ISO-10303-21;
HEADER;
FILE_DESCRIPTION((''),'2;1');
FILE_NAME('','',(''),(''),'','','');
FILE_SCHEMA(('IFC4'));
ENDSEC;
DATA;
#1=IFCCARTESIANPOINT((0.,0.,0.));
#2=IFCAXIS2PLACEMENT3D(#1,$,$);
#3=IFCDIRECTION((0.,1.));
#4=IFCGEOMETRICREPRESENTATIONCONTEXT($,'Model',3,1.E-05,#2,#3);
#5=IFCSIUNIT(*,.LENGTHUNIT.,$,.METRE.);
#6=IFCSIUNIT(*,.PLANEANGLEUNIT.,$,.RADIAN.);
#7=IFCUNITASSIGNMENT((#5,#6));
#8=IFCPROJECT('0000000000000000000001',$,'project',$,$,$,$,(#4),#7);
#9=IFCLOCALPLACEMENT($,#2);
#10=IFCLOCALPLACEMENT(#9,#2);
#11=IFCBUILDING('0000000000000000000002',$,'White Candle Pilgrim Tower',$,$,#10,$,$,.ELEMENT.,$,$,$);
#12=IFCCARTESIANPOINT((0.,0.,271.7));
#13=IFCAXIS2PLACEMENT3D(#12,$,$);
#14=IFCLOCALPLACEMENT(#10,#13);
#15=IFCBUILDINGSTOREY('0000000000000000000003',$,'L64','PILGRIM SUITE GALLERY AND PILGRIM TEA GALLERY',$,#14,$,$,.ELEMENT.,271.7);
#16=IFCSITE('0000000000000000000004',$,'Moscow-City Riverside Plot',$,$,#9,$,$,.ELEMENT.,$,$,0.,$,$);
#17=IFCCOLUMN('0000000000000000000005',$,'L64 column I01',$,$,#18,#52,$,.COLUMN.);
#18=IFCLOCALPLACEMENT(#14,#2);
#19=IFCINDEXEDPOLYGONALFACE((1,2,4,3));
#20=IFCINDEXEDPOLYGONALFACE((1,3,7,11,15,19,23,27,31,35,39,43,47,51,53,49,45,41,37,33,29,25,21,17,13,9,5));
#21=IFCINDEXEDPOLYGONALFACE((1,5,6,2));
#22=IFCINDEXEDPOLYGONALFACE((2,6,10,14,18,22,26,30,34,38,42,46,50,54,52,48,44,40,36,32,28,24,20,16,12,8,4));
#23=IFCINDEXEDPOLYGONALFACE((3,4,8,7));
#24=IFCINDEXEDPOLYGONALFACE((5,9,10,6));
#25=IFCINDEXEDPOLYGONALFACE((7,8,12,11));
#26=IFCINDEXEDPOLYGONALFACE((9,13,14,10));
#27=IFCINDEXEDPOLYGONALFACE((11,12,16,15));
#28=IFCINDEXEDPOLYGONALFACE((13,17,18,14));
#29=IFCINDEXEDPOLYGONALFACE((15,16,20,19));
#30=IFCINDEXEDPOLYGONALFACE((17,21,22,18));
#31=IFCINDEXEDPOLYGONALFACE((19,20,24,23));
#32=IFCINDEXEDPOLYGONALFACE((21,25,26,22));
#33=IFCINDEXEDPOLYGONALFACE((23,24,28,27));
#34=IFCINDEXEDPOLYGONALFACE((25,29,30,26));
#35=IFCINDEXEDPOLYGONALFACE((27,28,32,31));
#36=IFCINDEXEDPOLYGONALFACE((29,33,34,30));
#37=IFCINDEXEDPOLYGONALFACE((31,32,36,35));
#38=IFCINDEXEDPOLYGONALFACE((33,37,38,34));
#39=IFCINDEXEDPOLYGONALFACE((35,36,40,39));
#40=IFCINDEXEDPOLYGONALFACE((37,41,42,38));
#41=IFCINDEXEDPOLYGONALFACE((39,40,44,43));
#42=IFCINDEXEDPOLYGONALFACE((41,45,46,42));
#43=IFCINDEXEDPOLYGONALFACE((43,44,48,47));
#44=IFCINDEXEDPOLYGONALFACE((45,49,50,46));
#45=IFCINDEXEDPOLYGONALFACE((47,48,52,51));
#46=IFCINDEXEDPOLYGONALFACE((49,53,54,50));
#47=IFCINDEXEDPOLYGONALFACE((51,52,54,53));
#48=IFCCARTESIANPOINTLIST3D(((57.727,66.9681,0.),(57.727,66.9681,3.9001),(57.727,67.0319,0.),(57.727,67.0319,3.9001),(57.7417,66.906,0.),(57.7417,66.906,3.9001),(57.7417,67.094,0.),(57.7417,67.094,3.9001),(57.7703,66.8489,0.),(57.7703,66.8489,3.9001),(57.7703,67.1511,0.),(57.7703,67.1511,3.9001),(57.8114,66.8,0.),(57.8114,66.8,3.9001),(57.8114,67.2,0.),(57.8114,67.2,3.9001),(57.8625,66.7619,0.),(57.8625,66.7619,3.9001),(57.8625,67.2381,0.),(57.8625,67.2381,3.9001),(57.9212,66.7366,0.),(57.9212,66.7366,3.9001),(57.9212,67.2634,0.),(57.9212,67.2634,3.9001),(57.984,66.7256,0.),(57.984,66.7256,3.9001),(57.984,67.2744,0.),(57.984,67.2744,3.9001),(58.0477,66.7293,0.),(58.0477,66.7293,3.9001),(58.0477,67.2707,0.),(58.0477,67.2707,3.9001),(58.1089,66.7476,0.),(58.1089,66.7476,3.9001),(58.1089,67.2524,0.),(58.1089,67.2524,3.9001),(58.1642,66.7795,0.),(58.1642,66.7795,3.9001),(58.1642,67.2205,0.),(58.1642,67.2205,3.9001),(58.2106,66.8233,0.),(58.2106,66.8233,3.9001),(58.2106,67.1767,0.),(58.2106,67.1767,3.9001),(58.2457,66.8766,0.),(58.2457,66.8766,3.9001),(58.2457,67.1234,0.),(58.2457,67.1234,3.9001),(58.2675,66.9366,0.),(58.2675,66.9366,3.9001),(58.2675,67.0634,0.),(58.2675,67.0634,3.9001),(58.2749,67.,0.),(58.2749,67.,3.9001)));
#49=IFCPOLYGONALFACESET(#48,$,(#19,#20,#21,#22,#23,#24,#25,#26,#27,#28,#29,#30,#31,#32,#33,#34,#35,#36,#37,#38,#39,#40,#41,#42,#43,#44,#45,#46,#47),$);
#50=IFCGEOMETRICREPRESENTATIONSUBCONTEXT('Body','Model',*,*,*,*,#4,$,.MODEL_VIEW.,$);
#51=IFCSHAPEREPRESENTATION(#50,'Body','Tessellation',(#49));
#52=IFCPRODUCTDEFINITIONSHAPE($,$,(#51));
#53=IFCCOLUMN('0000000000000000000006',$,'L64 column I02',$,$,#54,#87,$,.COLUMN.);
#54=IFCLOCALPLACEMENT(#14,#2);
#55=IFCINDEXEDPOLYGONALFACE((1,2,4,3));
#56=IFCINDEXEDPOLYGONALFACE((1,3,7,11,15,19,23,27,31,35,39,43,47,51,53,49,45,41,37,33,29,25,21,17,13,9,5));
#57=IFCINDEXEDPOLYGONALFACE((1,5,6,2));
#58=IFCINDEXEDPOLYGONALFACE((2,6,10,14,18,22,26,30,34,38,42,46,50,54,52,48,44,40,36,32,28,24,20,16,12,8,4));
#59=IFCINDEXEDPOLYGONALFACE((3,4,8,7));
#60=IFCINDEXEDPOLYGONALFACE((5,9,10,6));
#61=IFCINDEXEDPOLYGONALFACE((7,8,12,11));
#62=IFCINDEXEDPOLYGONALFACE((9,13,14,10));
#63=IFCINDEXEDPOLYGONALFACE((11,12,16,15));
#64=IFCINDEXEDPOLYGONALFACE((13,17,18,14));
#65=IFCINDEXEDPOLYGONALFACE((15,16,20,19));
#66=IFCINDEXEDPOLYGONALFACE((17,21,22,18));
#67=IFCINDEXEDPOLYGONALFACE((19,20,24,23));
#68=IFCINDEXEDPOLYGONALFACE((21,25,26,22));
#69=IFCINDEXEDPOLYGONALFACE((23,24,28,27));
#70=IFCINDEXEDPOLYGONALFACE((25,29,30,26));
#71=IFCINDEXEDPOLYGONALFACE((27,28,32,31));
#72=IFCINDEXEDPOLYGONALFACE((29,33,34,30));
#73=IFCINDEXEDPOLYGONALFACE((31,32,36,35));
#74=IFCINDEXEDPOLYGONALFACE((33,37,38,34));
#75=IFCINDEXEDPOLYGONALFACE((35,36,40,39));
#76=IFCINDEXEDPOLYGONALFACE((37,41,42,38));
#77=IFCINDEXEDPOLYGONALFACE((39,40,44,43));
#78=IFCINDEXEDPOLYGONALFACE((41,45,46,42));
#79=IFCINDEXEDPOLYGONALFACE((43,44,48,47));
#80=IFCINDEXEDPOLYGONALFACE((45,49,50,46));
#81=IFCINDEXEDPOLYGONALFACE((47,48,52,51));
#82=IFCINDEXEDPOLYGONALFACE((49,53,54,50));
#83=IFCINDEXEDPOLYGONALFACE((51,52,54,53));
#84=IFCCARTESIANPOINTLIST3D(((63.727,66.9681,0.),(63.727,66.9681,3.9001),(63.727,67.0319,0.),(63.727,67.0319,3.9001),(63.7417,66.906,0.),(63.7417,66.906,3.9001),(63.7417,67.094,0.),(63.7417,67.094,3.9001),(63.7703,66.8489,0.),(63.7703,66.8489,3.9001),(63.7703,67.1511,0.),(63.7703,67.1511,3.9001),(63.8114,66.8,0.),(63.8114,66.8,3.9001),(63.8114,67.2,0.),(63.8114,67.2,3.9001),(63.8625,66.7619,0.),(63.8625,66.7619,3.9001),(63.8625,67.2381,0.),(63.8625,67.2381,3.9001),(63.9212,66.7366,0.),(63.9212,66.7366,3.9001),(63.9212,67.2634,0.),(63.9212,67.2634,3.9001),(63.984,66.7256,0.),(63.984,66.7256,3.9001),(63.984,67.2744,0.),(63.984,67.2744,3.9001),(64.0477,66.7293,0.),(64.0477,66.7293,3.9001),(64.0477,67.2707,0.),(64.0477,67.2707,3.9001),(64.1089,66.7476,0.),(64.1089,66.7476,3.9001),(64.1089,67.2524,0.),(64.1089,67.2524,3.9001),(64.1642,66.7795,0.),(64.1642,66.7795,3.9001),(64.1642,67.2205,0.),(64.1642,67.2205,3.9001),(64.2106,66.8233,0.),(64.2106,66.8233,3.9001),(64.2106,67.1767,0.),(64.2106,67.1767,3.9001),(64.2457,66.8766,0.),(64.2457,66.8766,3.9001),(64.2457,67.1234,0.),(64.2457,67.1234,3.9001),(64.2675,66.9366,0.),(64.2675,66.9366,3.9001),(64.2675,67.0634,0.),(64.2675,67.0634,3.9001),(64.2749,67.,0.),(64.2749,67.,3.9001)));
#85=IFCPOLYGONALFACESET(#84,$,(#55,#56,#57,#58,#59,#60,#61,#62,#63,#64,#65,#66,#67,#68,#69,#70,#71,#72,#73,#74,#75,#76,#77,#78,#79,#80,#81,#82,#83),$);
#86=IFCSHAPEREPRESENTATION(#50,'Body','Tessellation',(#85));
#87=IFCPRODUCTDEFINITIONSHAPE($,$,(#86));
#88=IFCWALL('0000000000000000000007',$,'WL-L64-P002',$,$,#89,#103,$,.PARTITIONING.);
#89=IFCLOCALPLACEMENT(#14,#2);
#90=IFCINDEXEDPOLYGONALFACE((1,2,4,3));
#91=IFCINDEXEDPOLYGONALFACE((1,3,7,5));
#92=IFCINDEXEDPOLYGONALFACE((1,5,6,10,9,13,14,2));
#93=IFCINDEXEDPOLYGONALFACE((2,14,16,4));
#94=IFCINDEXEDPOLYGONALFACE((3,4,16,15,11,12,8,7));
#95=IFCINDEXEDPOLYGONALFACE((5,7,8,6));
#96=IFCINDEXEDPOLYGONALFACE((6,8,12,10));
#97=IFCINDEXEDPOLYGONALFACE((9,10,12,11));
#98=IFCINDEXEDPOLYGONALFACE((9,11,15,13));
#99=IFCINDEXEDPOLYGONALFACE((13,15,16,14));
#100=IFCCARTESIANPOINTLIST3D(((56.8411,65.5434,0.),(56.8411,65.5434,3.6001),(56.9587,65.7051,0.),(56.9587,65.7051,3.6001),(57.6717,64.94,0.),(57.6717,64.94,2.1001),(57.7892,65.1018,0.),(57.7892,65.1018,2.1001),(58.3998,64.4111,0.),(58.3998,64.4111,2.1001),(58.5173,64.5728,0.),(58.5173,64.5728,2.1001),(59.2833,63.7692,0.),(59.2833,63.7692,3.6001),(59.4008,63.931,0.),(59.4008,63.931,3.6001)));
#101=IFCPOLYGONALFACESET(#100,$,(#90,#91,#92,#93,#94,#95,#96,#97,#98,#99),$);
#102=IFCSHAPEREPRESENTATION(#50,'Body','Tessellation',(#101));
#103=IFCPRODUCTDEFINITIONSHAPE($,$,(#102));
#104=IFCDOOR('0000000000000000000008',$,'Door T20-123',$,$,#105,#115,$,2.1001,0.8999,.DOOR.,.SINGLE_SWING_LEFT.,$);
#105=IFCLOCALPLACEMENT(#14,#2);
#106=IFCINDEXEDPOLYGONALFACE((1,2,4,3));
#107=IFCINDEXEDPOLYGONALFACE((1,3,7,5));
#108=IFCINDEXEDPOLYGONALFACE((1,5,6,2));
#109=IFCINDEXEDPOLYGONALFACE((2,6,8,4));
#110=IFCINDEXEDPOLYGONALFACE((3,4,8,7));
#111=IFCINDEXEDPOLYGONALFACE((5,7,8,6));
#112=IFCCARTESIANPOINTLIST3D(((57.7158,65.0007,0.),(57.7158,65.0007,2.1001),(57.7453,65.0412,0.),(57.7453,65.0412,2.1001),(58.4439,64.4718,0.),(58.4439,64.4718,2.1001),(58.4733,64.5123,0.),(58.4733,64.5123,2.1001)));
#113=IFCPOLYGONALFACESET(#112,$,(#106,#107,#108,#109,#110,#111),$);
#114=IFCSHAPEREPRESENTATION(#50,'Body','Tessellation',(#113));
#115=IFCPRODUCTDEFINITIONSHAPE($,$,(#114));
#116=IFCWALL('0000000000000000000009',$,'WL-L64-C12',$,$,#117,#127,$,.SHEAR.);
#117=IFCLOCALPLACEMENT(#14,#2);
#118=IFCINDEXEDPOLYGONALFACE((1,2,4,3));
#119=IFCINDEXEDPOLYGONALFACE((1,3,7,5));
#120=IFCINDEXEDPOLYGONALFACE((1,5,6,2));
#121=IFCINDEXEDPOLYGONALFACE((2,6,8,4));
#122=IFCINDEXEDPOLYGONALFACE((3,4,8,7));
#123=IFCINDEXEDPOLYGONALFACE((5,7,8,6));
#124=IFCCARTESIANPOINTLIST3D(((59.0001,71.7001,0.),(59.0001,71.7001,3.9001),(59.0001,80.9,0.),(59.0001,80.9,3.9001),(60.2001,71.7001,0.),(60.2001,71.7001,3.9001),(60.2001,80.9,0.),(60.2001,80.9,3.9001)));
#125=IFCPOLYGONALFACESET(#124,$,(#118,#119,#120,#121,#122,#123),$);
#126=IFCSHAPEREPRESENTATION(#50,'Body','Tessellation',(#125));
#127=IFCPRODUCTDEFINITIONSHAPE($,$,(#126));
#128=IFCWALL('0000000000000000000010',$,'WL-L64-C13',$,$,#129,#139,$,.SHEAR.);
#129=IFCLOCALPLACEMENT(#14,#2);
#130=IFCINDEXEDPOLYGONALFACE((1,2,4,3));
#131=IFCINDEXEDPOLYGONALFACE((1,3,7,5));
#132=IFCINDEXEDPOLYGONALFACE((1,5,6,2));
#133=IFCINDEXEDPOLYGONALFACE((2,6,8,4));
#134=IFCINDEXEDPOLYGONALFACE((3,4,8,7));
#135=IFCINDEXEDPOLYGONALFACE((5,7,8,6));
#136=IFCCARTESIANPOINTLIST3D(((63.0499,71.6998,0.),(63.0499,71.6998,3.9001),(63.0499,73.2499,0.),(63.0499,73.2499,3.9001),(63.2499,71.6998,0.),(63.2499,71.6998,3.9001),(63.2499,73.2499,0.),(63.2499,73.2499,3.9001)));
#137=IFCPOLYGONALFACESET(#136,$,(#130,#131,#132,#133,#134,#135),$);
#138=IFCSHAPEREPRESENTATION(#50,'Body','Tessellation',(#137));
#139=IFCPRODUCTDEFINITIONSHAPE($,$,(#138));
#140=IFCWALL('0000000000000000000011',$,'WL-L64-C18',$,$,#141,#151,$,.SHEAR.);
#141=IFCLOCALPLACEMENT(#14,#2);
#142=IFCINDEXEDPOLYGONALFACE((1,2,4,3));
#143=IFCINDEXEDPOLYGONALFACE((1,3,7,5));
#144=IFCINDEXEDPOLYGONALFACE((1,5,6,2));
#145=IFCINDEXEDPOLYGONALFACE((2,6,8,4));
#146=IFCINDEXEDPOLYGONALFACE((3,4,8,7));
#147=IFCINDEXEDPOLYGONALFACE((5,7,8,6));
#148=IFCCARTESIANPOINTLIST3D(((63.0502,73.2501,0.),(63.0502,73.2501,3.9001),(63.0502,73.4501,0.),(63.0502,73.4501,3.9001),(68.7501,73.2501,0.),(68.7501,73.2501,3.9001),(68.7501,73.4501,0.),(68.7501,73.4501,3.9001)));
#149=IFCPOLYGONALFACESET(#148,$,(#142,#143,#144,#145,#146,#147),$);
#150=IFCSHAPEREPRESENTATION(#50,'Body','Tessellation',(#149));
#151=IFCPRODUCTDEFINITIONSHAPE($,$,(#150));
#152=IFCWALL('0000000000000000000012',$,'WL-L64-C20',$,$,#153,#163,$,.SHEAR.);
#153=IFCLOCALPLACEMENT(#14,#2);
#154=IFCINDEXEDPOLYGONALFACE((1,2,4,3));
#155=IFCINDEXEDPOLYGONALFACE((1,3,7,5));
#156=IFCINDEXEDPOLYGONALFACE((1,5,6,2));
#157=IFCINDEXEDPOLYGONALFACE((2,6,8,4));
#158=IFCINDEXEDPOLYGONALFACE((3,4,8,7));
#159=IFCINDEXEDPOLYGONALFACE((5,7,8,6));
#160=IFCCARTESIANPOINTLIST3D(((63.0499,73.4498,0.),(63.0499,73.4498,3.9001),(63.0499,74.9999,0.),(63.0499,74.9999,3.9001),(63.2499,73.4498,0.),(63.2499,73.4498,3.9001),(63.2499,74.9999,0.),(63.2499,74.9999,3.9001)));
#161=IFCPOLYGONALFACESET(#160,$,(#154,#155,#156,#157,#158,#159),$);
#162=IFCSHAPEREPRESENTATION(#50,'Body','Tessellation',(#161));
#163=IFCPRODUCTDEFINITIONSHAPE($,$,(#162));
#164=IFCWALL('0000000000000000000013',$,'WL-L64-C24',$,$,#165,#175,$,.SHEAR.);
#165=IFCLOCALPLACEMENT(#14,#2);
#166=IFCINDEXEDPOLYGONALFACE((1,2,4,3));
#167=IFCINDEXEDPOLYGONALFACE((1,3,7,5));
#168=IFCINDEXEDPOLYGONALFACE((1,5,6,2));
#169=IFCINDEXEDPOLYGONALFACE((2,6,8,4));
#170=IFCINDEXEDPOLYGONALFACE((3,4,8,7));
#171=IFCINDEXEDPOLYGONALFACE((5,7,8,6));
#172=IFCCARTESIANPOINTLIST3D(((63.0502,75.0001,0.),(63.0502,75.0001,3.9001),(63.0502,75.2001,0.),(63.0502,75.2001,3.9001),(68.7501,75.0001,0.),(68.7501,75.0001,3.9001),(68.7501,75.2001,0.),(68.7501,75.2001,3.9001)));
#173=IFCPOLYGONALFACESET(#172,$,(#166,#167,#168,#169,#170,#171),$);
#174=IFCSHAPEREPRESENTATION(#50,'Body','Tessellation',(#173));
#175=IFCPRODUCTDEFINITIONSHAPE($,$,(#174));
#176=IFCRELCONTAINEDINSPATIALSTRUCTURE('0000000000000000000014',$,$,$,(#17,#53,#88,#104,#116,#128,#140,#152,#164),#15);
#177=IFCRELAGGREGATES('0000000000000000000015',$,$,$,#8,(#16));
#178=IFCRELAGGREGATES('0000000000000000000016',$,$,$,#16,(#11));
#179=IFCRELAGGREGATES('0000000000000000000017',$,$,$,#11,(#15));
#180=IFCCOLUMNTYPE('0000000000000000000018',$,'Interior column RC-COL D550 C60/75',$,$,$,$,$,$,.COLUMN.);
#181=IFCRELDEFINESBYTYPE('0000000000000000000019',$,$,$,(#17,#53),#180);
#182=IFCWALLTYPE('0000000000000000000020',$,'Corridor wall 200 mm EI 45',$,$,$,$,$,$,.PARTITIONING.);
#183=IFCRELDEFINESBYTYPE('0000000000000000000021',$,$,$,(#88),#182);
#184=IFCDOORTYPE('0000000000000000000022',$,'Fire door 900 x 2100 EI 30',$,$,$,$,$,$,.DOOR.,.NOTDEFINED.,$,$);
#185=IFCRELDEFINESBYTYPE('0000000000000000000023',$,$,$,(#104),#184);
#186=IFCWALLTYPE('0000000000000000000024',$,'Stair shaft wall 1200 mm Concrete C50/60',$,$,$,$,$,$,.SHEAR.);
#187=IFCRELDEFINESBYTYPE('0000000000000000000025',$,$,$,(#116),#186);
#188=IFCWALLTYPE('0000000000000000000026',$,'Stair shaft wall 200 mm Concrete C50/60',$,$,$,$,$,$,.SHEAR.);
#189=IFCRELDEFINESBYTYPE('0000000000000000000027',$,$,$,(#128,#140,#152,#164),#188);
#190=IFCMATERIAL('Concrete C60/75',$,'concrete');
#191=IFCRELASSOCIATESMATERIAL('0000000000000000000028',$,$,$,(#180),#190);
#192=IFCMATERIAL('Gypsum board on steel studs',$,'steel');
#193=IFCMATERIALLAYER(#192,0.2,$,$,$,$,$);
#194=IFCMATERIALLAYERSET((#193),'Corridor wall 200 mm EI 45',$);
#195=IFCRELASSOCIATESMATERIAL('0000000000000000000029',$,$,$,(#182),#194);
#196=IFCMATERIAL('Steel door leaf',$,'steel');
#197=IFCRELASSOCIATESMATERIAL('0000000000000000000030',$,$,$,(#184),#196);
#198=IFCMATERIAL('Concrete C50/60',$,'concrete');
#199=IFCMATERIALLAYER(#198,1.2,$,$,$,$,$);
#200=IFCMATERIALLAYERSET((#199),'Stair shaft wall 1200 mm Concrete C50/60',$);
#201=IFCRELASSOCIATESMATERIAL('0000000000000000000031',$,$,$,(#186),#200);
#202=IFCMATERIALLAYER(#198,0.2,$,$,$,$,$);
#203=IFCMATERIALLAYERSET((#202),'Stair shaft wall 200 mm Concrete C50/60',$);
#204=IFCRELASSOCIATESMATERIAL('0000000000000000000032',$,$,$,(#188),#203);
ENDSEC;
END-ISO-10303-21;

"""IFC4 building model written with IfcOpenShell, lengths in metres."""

from ifc_helpers import new_model, si_unit, direction, frame, frame_2d, origin, origin_2d, place, context, subcontext, project, spatial, rectangle, circle, extrude, material, layer, layer_set, material_profile, profile_set, type_object, element, fill, save


model = new_model("IFC4")

# Units and contexts
model_context = context("Model", 3, precision=1e-05, world=origin(), true_north=direction((0.0, 1.0)))
body_context = subcontext(model_context, "Body", "Model", "MODEL_VIEW")
ifc_project = project(units=[si_unit("LENGTHUNIT", "METRE"), si_unit("PLANEANGLEUNIT", "RADIAN")], contexts=[model_context])

# Site, building, storey
site_placement = place(None, origin())
site = spatial("IfcSite", under=ifc_project, at=site_placement, Name="Moscow-City Riverside Plot", CompositionType="ELEMENT", RefElevation=0.0)
building_placement = place(site_placement, origin())
building = spatial("IfcBuilding", under=site, at=building_placement, Name="White Candle Pilgrim Tower", CompositionType="ELEMENT")
storey_placement = place(building_placement, frame((0.0, 0.0, 271.7)))
storey = spatial("IfcBuildingStorey", under=building, at=storey_placement, Name="L64", Description="PILGRIM SUITE GALLERY AND PILGRIM TEA GALLERY", CompositionType="ELEMENT", Elevation=271.7)

# Columns
ifc_material_1 = material(Name="Concrete C60/75", Category="concrete")
ifc_material_profile = material_profile(ifc_material_1, circle(Radius=0.2749, at=origin_2d()), Name="RC-COL D550")
ifc_profile_set = profile_set([ifc_material_profile], Name="Concrete C60/75")
column_type = type_object("IfcColumnType", Name="Interior column RC-COL D550 C60/75", PredefinedType="COLUMN", material=ifc_profile_set)
for number, where, z_axis, x_axis, name in (
    (1, (58.0, 67.0, 0.0), (0.0, 0.0, 1.0), (1.0, 0.0, 0.0), "L64 column I01"),
    (2, (64.0, 67.0, 0.0), (0.0, 0.0, 1.0), (1.0, 0.0, 0.0), "L64 column I02"),
):
    element("IfcColumn", number, at=place(storey_placement, frame(where, z_axis=z_axis, x_axis=x_axis)), inside=storey, type_object=column_type, Name=name, PredefinedType="COLUMN", context=body_context, shape_type="SweptSolid", body=[
        extrude(circle(Radius=0.2749, at=origin_2d()), origin(), (0.0, 0.0, 1.0), 3.9001),
    ])

# Wall, opening, door
ifc_material_2 = material(Name="Gypsum board on steel studs", Category="steel")
ifc_layer_1 = layer(ifc_material_2, 0.2)
ifc_layer_set_1 = layer_set([ifc_layer_1], Name="Corridor wall 200 mm EI 45")
wall_type_1 = type_object("IfcWallType", Name="Corridor wall 200 mm EI 45", PredefinedType="PARTITIONING", material=ifc_layer_set_1)
wall_1_placement = place(storey_placement, frame((59.342, 63.8501, 0.0), z_axis=(0.0, 0.0, 1.0), x_axis=(-0.80904, 0.587753, 0.0)))
wall_1 = element("IfcWall", 3, at=wall_1_placement, inside=storey, type_object=wall_type_1, Name="WL-L64-P002", PredefinedType="PARTITIONING", context=body_context, shape_type="SweptSolid", body=[
    extrude(rectangle(XDim=3.0186, YDim=0.2, at=frame_2d((1.5093, 0.0))), origin(), (0.0, 0.0, 1.0), 3.6001),
])
opening_1_placement = place(wall_1_placement, frame((1.092, 0.0, 0.0)))
opening_1 = element("IfcOpeningElement", 4, at=opening_1_placement, cuts=wall_1, PredefinedType="OPENING", context=body_context, shape_type="SweptSolid", body=[
    extrude(rectangle(XDim=0.8999, YDim=2.1001, at=frame_2d((0.45, 1.05))), frame((0.0, 0.1099, 0.0), z_axis=(0.0, -1.0, 0.0), x_axis=(1.0, 0.0, 0.0)), (0.0, 0.0, 1.0), 0.22),
])
ifc_material_3 = material(Name="Steel door leaf", Category="steel")
door_type_1 = type_object("IfcDoorType", Name="Fire door 900 x 2100 EI 30", OperationType="NOTDEFINED", PredefinedType="DOOR", material=ifc_material_3)
door_1_placement = place(opening_1_placement, origin())
door_1 = element("IfcDoor", 5, at=door_1_placement, inside=storey, type_object=door_type_1, Name="Door T20-123", OperationType="SINGLE_SWING_LEFT", OverallHeight=2.1001, OverallWidth=0.8999, PredefinedType="DOOR", context=body_context, shape_type="SweptSolid", body=[
    extrude(rectangle(XDim=0.8999, YDim=2.1001, at=frame_2d((0.45, 1.05))), frame((0.0, 0.0249, 0.0), z_axis=(0.0, -1.0, 0.0), x_axis=(1.0, 0.0, 0.0)), (0.0, 0.0, 1.0), 0.05),
])
fill(opening_1, door_1)

# Walls
ifc_material_4 = material(Name="Concrete C50/60", Category="concrete")
ifc_layer_2 = layer(ifc_material_4, 1.2)
ifc_layer_set_2 = layer_set([ifc_layer_2], Name="Stair shaft wall 1200 mm Concrete C50/60")
wall_type_2 = type_object("IfcWallType", Name="Stair shaft wall 1200 mm Concrete C50/60", PredefinedType="SHEAR", material=ifc_layer_set_2)
wall_2_placement = place(storey_placement, frame((59.6001, 71.7, 0.0), z_axis=(0.0, 0.0, 1.0), x_axis=(0.0, 1.0, 0.0)))
element("IfcWall", 6, at=wall_2_placement, inside=storey, type_object=wall_type_2, Name="WL-L64-C12", PredefinedType="SHEAR", context=body_context, shape_type="SweptSolid", body=[
    extrude(rectangle(XDim=9.2, YDim=1.2, at=frame_2d((4.6001, 0.0))), origin(), (0.0, 0.0, 1.0), 3.9001),
])
ifc_layer_3 = layer(ifc_material_4, 0.2)
ifc_layer_set_3 = layer_set([ifc_layer_3], Name="Stair shaft wall 200 mm Concrete C50/60")
wall_type_3 = type_object("IfcWallType", Name="Stair shaft wall 200 mm Concrete C50/60", PredefinedType="SHEAR", material=ifc_layer_set_3)
wall_3_placement = place(storey_placement, frame((63.1499, 71.7, 0.0), z_axis=(0.0, 0.0, 1.0), x_axis=(0.0, 1.0, 0.0)))
element("IfcWall", 7, at=wall_3_placement, inside=storey, type_object=wall_type_3, Name="WL-L64-C13", PredefinedType="SHEAR", context=body_context, shape_type="SweptSolid", body=[
    extrude(rectangle(XDim=1.55, YDim=0.2, at=frame_2d((0.7749, 0.0))), origin(), (0.0, 0.0, 1.0), 3.9001),
])
wall_4_placement = place(storey_placement, frame((63.05, 73.3501, 0.0), z_axis=(0.0, 0.0, 1.0), x_axis=(1.0, 0.0, 0.0)))
element("IfcWall", 8, at=wall_4_placement, inside=storey, type_object=wall_type_3, Name="WL-L64-C18", PredefinedType="SHEAR", context=body_context, shape_type="SweptSolid", body=[
    extrude(rectangle(XDim=5.7, YDim=0.2, at=frame_2d((2.8501, 0.0))), origin(), (0.0, 0.0, 1.0), 3.9001),
])
wall_5_placement = place(storey_placement, frame((63.1499, 73.45, 0.0), z_axis=(0.0, 0.0, 1.0), x_axis=(0.0, 1.0, 0.0)))
element("IfcWall", 9, at=wall_5_placement, inside=storey, type_object=wall_type_3, Name="WL-L64-C20", PredefinedType="SHEAR", context=body_context, shape_type="SweptSolid", body=[
    extrude(rectangle(XDim=1.55, YDim=0.2, at=frame_2d((0.7749, 0.0))), origin(), (0.0, 0.0, 1.0), 3.9001),
])
wall_6_placement = place(storey_placement, frame((63.05, 75.1001, 0.0), z_axis=(0.0, 0.0, 1.0), x_axis=(1.0, 0.0, 0.0)))
element("IfcWall", 10, at=wall_6_placement, inside=storey, type_object=wall_type_3, Name="WL-L64-C24", PredefinedType="SHEAR", context=body_context, shape_type="SweptSolid", body=[
    extrude(rectangle(XDim=5.7, YDim=0.2, at=frame_2d((2.8501, 0.0))), origin(), (0.0, 0.0, 1.0), 3.9001),
])

save(model, "model.ifc")
